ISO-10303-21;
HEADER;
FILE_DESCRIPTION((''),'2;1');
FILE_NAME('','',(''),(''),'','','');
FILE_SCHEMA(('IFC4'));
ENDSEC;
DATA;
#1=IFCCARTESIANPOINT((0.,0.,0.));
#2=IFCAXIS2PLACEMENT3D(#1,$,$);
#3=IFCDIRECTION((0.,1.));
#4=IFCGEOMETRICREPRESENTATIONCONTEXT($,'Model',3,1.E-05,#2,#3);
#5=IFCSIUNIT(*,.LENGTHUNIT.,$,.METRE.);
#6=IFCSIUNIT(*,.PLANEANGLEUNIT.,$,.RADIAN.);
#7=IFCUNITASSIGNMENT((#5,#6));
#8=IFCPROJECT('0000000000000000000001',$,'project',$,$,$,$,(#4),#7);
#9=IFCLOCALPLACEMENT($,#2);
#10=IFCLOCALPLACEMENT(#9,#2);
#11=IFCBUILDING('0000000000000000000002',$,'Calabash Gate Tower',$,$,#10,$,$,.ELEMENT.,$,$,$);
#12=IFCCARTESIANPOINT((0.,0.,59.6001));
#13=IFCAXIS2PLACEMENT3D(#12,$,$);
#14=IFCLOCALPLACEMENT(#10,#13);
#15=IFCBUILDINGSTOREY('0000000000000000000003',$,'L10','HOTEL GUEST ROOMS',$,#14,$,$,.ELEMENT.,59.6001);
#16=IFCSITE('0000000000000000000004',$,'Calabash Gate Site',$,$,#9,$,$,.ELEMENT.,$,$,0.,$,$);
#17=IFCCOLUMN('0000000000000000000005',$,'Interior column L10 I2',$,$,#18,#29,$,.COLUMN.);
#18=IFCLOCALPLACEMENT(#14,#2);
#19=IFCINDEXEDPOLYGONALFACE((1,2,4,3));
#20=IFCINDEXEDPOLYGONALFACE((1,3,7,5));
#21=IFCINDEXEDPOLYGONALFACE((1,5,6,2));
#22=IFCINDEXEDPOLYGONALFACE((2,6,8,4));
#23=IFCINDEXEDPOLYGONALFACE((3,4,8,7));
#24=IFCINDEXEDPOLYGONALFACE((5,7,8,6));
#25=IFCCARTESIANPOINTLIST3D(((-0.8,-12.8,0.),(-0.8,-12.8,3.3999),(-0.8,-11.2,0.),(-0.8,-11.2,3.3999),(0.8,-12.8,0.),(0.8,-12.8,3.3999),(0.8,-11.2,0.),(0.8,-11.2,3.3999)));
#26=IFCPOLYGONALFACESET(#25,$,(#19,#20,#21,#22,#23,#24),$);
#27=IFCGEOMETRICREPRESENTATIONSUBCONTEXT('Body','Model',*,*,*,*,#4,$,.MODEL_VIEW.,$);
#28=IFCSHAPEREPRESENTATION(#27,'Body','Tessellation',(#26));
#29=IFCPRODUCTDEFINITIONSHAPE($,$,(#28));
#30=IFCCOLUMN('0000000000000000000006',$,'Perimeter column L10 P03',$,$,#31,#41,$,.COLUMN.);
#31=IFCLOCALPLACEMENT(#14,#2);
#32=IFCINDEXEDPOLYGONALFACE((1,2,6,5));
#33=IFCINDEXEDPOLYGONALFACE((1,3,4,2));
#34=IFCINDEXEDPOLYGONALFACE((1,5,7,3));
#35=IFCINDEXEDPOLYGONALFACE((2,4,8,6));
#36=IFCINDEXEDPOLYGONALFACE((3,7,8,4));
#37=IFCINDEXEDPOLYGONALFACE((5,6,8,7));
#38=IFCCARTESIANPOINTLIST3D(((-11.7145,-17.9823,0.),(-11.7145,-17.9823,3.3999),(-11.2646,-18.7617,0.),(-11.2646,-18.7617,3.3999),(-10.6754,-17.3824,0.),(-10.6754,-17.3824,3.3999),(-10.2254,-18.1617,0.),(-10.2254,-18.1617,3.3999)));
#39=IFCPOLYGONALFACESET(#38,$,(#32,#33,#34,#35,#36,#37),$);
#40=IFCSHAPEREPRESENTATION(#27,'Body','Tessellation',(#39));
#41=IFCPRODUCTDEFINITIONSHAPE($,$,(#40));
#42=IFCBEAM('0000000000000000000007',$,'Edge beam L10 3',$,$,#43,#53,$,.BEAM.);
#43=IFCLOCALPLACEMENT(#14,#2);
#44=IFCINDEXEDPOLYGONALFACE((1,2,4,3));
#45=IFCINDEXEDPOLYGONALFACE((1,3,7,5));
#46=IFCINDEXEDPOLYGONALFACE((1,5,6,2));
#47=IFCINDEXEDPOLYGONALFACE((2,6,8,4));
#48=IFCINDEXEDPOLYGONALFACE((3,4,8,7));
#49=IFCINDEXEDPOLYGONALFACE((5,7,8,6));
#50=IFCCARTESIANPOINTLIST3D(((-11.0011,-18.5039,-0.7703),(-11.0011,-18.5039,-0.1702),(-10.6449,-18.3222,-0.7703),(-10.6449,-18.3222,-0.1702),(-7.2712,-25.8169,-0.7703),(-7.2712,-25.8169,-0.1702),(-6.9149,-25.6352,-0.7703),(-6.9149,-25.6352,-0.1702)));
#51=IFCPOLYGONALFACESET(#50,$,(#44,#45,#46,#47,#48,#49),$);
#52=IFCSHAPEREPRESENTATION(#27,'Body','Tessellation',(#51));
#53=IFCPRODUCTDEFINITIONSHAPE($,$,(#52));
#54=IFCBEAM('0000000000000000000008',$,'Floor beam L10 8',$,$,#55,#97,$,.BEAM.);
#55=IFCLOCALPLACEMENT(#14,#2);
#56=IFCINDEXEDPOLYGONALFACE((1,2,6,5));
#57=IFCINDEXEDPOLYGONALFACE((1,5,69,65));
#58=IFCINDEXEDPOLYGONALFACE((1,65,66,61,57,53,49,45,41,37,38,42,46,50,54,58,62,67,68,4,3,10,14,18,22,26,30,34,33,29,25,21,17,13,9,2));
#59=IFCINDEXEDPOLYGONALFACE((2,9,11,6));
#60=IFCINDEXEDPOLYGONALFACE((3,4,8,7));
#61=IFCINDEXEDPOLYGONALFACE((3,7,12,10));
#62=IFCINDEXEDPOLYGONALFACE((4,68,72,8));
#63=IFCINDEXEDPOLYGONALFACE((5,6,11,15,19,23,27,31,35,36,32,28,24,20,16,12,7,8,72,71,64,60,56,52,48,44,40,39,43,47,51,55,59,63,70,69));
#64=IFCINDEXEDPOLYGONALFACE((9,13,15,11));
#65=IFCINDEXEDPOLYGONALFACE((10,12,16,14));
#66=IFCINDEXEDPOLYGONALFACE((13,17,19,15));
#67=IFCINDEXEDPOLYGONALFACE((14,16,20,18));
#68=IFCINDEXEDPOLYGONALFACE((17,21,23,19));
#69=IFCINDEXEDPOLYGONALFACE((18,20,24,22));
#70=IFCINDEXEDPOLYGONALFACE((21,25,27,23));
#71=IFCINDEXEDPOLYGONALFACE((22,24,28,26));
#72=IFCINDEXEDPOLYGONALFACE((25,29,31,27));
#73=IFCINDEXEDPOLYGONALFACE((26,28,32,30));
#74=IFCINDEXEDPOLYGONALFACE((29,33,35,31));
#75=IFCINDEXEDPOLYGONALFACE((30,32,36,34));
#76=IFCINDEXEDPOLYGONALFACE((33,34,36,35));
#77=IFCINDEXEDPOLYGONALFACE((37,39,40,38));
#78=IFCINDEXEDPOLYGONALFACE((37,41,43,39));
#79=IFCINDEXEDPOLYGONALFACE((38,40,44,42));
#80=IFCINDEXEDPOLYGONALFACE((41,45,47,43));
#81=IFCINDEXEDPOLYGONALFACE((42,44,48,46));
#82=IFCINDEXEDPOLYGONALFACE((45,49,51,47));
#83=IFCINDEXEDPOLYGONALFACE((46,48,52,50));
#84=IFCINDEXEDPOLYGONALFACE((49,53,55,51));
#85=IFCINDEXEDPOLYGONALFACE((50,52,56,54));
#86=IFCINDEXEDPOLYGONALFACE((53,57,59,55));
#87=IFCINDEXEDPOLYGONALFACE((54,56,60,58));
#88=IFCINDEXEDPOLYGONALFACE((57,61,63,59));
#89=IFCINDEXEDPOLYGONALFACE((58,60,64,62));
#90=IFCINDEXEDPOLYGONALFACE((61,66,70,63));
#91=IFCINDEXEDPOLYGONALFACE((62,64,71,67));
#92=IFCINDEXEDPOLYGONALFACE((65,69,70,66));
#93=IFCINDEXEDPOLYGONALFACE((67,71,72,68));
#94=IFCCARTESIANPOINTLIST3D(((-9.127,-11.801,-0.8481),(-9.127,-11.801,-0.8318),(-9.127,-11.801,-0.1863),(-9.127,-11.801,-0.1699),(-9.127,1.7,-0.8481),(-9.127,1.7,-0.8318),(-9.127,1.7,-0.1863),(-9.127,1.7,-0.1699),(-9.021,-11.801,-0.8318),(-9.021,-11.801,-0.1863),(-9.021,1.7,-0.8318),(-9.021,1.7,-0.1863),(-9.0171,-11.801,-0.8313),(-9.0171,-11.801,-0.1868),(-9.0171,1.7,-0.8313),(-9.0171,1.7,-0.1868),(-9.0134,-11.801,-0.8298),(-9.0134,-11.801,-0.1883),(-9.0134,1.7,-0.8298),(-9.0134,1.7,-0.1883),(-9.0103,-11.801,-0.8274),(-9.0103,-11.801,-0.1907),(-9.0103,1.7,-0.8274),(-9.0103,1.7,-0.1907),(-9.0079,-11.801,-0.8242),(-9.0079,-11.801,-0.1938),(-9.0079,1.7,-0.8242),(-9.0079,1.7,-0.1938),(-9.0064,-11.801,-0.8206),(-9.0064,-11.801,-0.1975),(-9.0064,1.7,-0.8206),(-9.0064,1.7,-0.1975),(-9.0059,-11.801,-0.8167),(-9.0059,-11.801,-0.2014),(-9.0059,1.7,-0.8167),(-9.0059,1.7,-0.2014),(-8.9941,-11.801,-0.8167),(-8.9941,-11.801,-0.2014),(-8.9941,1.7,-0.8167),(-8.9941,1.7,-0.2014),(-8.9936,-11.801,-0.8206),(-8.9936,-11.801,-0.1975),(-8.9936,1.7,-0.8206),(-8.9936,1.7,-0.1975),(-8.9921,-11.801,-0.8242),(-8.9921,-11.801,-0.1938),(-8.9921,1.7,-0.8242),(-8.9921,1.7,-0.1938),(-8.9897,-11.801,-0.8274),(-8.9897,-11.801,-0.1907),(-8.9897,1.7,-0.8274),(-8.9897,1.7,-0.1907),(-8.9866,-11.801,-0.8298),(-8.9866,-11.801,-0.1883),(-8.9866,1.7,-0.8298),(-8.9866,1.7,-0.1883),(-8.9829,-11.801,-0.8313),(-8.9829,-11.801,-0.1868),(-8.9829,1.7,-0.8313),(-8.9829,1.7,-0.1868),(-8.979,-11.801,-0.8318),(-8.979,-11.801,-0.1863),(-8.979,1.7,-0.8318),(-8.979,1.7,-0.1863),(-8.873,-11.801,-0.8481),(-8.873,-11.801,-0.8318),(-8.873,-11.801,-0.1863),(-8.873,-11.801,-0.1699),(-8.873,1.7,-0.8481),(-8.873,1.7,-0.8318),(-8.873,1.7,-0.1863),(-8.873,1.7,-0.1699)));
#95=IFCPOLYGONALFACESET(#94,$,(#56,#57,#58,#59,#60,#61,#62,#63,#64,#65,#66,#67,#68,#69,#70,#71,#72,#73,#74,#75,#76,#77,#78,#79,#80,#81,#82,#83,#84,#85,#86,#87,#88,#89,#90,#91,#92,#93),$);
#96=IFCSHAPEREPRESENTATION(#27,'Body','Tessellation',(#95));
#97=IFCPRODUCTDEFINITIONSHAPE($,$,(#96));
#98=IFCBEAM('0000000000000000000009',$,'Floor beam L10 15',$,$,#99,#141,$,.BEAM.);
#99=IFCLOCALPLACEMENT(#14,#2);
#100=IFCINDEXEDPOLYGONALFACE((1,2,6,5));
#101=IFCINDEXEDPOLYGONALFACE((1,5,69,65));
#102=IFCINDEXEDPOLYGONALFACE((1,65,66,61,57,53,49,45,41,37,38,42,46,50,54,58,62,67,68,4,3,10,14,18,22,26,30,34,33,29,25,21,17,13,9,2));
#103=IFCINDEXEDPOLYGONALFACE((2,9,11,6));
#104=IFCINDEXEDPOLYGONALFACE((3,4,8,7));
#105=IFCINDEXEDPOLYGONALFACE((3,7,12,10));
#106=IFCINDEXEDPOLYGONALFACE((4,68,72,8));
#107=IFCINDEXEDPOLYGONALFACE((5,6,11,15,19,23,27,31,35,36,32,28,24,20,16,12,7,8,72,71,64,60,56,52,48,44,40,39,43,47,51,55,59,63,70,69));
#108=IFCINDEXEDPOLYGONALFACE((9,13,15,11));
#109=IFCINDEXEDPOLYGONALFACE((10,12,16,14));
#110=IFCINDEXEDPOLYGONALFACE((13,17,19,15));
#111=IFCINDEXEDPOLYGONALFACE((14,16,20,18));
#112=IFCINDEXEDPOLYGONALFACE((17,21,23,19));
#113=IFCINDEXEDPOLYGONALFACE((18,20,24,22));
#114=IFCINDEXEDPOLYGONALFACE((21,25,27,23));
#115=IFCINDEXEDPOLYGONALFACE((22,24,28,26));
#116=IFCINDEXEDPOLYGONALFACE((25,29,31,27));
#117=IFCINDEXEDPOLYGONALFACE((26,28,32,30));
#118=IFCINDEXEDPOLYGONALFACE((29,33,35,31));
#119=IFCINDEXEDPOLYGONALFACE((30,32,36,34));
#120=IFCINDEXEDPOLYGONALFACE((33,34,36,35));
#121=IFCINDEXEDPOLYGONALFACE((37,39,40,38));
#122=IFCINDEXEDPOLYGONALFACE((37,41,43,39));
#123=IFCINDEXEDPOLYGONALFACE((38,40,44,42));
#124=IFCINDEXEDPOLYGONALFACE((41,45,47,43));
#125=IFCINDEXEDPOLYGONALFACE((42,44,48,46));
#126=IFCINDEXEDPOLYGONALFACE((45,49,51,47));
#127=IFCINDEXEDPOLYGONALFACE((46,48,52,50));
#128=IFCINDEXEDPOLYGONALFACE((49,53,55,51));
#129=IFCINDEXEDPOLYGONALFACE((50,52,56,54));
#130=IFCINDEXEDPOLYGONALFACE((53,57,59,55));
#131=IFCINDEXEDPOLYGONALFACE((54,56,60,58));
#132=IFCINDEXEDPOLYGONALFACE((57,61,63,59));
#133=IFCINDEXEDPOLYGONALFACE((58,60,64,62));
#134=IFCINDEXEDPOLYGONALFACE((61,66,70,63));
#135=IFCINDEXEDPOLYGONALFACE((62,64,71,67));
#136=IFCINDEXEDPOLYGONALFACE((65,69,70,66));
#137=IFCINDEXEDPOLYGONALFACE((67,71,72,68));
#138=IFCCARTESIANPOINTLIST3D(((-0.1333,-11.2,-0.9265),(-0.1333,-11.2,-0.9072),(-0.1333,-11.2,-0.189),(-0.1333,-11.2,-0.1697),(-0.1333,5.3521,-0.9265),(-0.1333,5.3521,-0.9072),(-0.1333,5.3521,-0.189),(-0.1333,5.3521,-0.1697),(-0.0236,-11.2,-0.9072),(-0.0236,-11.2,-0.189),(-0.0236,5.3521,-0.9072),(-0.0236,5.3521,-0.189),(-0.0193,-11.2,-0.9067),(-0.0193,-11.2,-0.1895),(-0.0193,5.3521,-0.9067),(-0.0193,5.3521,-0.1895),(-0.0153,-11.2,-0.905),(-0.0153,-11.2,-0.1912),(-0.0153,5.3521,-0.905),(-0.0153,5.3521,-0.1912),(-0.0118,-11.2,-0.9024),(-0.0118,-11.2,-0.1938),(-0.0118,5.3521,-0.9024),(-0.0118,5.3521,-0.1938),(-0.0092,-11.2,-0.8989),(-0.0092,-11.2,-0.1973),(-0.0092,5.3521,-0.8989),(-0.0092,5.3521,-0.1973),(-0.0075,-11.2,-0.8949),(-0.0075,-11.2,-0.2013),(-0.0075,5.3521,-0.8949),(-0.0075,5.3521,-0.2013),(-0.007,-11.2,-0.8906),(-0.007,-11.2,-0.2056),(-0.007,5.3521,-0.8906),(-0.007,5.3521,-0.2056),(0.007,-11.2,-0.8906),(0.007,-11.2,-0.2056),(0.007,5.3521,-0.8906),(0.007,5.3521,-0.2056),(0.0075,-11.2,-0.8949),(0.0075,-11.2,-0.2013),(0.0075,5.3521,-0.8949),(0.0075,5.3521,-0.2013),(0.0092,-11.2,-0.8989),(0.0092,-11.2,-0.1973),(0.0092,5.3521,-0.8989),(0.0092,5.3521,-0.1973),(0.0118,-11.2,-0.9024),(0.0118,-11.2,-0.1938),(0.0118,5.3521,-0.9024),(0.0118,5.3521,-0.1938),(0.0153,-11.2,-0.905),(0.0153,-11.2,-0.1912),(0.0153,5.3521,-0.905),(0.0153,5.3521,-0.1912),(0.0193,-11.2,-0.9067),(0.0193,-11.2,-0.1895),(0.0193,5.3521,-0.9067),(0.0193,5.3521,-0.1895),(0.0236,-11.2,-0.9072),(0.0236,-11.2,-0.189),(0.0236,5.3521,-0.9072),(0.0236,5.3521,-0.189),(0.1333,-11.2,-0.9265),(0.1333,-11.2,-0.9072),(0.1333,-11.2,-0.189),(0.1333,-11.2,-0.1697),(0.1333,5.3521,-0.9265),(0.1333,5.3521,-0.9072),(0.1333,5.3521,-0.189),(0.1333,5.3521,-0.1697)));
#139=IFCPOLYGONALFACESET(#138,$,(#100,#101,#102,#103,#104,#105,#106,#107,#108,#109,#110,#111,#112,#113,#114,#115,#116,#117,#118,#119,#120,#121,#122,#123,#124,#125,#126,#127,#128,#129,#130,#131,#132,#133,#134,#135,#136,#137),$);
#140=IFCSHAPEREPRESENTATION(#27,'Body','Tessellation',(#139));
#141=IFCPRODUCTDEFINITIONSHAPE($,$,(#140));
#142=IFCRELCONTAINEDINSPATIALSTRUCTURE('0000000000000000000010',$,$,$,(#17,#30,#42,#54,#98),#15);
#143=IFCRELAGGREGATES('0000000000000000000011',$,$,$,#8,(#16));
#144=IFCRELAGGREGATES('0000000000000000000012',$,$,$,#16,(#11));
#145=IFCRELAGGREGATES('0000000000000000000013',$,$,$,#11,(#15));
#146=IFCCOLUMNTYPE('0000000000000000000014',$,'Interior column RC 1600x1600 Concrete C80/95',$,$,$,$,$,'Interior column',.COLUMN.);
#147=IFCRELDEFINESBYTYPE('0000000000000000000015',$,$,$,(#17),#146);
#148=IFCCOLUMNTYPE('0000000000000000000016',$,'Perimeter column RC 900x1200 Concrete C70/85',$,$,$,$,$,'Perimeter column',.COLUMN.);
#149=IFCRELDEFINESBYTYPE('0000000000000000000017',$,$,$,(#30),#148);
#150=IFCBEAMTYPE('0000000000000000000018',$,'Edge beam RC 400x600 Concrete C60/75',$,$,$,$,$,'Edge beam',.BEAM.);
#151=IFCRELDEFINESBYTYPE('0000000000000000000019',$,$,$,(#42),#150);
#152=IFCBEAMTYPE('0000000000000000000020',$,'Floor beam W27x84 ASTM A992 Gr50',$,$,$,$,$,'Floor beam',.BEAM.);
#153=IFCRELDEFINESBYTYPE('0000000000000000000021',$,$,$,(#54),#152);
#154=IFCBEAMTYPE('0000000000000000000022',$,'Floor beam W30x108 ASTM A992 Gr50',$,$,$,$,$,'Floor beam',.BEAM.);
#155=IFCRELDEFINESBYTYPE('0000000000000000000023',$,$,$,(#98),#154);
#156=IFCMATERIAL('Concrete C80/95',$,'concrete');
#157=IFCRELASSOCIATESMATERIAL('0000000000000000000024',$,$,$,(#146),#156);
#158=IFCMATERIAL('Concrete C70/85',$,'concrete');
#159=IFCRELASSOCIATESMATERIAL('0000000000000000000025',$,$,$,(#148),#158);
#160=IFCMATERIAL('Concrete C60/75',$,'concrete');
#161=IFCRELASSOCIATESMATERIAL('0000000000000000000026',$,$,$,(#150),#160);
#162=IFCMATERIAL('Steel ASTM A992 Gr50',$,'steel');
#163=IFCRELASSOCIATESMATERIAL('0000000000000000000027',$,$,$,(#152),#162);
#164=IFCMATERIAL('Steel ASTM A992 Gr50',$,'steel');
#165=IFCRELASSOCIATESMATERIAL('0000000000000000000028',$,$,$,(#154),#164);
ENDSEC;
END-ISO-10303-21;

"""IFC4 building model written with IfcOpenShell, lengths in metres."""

from ifc_helpers import new_model, si_unit, direction, frame, origin, origin_2d, place, context, subcontext, project, spatial, rectangle, i_section, extrude, material, material_profile, profile_set, type_object, element, save


model = new_model("IFC4")

# Units and contexts
model_context = context("Model", 3, precision=1e-05, world=origin(), true_north=direction((0.0, 1.0)))
body_context = subcontext(model_context, "Body", "Model", "MODEL_VIEW")
ifc_project = project(units=[si_unit("LENGTHUNIT", "METRE"), si_unit("PLANEANGLEUNIT", "RADIAN")], contexts=[model_context])

# Site, building, storey
site_placement = place(None, origin())
site = spatial("IfcSite", under=ifc_project, at=site_placement, Name="Calabash Gate Site", CompositionType="ELEMENT", RefElevation=0.0)
building_placement = place(site_placement, origin())
building = spatial("IfcBuilding", under=site, at=building_placement, Name="Calabash Gate Tower", CompositionType="ELEMENT")
storey_placement = place(building_placement, frame((0.0, 0.0, 59.6001)))
storey = spatial("IfcBuildingStorey", under=building, at=storey_placement, Name="L10", Description="HOTEL GUEST ROOMS", CompositionType="ELEMENT", Elevation=59.6001)

# Columns
ifc_material_1 = material(Name="Concrete C80/95", Category="concrete")
ifc_material_profile_1 = material_profile(ifc_material_1, rectangle(XDim=1.6001, YDim=1.6001, at=origin_2d()))
ifc_profile_set_1 = profile_set([ifc_material_profile_1], Name="Concrete C80/95")
column_type_1 = type_object("IfcColumnType", Name="Interior column RC 1600x1600 Concrete C80/95", ElementType="Interior column", PredefinedType="COLUMN", material=ifc_profile_set_1)
column_1_placement = place(storey_placement, frame((0.0, -12.0, 0.0), z_axis=(0.0, 0.0, 1.0), x_axis=(1.0, 0.0, 0.0)))
element("IfcColumn", 1, at=column_1_placement, inside=storey, type_object=column_type_1, Name="Interior column L10 I2", PredefinedType="COLUMN", context=body_context, shape_type="SweptSolid", body=[
    extrude(rectangle(XDim=1.6001, YDim=1.6001, at=origin_2d()), origin(), (0.0, 0.0, 1.0), 3.3999),
])
ifc_material_2 = material(Name="Concrete C70/85", Category="concrete")
ifc_material_profile_2 = material_profile(ifc_material_2, rectangle(XDim=0.8999, YDim=1.2, at=origin_2d()))
ifc_profile_set_2 = profile_set([ifc_material_profile_2], Name="Concrete C70/85")
column_type_2 = type_object("IfcColumnType", Name="Perimeter column RC 900x1200 Concrete C70/85", ElementType="Perimeter column", PredefinedType="COLUMN", material=ifc_profile_set_2)
column_2_placement = place(storey_placement, frame((-10.97, -18.072, 0.0), z_axis=(0.0, 0.0, 1.0), x_axis=(0.5, -0.866025, 0.0)))
element("IfcColumn", 2, at=column_2_placement, inside=storey, type_object=column_type_2, Name="Perimeter column L10 P03", PredefinedType="COLUMN", context=body_context, shape_type="SweptSolid", body=[
    extrude(rectangle(XDim=0.8999, YDim=1.2, at=origin_2d()), origin(), (0.0, 0.0, 1.0), 3.3999),
])

# Beams
ifc_material_3 = material(Name="Concrete C60/75", Category="concrete")
ifc_material_profile_3 = material_profile(ifc_material_3, rectangle(XDim=0.3999, YDim=0.6001, at=origin_2d()))
ifc_profile_set_3 = profile_set([ifc_material_profile_3], Name="Concrete C60/75")
beam_type_1 = type_object("IfcBeamType", Name="Edge beam RC 400x600 Concrete C60/75", ElementType="Edge beam", PredefinedType="BEAM", material=ifc_profile_set_3)
beam_1_placement = place(storey_placement, frame((-10.823, -18.4131, -0.4702), z_axis=(0.454361, -0.890818, 0.0), x_axis=(0.890818, 0.454361, 0.0)))
element("IfcBeam", 3, at=beam_1_placement, inside=storey, type_object=beam_type_1, Name="Edge beam L10 3", PredefinedType="BEAM", context=body_context, shape_type="SweptSolid", body=[
    extrude(rectangle(XDim=0.3999, YDim=0.6001, at=origin_2d()), origin(), (0.0, 0.0, 1.0), 8.2092),
])
ifc_material_4 = material(Name="Steel ASTM A992 Gr50", Category="steel")
ifc_material_profile_4 = material_profile(ifc_material_4, i_section(OverallWidth=0.2539, OverallDepth=0.6782, WebThickness=0.0117, FlangeThickness=0.0164, FilletRadius=0.0151, at=origin_2d()))
ifc_profile_set_4 = profile_set([ifc_material_profile_4], Name="Steel ASTM A992 Gr50")
beam_type_2 = type_object("IfcBeamType", Name="Floor beam W27x84 ASTM A992 Gr50", ElementType="Floor beam", PredefinedType="BEAM", material=ifc_profile_set_4)
beam_2_placement = place(storey_placement, frame((-9.0, -11.801, -0.509), z_axis=(0.0, 1.0, 0.0), x_axis=(-1.0, 0.0, 0.0)))
element("IfcBeam", 4, at=beam_2_placement, inside=storey, type_object=beam_type_2, Name="Floor beam L10 8", PredefinedType="BEAM", context=body_context, shape_type="SweptSolid", body=[
    extrude(i_section(OverallWidth=0.2539, OverallDepth=0.6782, WebThickness=0.0117, FlangeThickness=0.0164, FilletRadius=0.0151, at=origin_2d()), origin(), (0.0, 0.0, 1.0), 13.501),
])
ifc_material_5 = material(Name="Steel ASTM A992 Gr50", Category="steel")
ifc_material_profile_5 = material_profile(ifc_material_5, i_section(OverallWidth=0.2666, OverallDepth=0.7568, WebThickness=0.0139, FlangeThickness=0.0193, FilletRadius=0.0166, at=origin_2d()))
ifc_profile_set_5 = profile_set([ifc_material_profile_5], Name="Steel ASTM A992 Gr50")
beam_type_3 = type_object("IfcBeamType", Name="Floor beam W30x108 ASTM A992 Gr50", ElementType="Floor beam", PredefinedType="BEAM", material=ifc_profile_set_5)
beam_3_placement = place(storey_placement, frame((0.0, -11.2, -0.5481), z_axis=(0.0, 1.0, 0.0), x_axis=(-1.0, 0.0, 0.0)))
element("IfcBeam", 5, at=beam_3_placement, inside=storey, type_object=beam_type_3, Name="Floor beam L10 15", PredefinedType="BEAM", context=body_context, shape_type="SweptSolid", body=[
    extrude(i_section(OverallWidth=0.2666, OverallDepth=0.7568, WebThickness=0.0139, FlangeThickness=0.0193, FilletRadius=0.0166, at=origin_2d()), origin(), (0.0, 0.0, 1.0), 16.552),
])

save(model, "model.ifc")
